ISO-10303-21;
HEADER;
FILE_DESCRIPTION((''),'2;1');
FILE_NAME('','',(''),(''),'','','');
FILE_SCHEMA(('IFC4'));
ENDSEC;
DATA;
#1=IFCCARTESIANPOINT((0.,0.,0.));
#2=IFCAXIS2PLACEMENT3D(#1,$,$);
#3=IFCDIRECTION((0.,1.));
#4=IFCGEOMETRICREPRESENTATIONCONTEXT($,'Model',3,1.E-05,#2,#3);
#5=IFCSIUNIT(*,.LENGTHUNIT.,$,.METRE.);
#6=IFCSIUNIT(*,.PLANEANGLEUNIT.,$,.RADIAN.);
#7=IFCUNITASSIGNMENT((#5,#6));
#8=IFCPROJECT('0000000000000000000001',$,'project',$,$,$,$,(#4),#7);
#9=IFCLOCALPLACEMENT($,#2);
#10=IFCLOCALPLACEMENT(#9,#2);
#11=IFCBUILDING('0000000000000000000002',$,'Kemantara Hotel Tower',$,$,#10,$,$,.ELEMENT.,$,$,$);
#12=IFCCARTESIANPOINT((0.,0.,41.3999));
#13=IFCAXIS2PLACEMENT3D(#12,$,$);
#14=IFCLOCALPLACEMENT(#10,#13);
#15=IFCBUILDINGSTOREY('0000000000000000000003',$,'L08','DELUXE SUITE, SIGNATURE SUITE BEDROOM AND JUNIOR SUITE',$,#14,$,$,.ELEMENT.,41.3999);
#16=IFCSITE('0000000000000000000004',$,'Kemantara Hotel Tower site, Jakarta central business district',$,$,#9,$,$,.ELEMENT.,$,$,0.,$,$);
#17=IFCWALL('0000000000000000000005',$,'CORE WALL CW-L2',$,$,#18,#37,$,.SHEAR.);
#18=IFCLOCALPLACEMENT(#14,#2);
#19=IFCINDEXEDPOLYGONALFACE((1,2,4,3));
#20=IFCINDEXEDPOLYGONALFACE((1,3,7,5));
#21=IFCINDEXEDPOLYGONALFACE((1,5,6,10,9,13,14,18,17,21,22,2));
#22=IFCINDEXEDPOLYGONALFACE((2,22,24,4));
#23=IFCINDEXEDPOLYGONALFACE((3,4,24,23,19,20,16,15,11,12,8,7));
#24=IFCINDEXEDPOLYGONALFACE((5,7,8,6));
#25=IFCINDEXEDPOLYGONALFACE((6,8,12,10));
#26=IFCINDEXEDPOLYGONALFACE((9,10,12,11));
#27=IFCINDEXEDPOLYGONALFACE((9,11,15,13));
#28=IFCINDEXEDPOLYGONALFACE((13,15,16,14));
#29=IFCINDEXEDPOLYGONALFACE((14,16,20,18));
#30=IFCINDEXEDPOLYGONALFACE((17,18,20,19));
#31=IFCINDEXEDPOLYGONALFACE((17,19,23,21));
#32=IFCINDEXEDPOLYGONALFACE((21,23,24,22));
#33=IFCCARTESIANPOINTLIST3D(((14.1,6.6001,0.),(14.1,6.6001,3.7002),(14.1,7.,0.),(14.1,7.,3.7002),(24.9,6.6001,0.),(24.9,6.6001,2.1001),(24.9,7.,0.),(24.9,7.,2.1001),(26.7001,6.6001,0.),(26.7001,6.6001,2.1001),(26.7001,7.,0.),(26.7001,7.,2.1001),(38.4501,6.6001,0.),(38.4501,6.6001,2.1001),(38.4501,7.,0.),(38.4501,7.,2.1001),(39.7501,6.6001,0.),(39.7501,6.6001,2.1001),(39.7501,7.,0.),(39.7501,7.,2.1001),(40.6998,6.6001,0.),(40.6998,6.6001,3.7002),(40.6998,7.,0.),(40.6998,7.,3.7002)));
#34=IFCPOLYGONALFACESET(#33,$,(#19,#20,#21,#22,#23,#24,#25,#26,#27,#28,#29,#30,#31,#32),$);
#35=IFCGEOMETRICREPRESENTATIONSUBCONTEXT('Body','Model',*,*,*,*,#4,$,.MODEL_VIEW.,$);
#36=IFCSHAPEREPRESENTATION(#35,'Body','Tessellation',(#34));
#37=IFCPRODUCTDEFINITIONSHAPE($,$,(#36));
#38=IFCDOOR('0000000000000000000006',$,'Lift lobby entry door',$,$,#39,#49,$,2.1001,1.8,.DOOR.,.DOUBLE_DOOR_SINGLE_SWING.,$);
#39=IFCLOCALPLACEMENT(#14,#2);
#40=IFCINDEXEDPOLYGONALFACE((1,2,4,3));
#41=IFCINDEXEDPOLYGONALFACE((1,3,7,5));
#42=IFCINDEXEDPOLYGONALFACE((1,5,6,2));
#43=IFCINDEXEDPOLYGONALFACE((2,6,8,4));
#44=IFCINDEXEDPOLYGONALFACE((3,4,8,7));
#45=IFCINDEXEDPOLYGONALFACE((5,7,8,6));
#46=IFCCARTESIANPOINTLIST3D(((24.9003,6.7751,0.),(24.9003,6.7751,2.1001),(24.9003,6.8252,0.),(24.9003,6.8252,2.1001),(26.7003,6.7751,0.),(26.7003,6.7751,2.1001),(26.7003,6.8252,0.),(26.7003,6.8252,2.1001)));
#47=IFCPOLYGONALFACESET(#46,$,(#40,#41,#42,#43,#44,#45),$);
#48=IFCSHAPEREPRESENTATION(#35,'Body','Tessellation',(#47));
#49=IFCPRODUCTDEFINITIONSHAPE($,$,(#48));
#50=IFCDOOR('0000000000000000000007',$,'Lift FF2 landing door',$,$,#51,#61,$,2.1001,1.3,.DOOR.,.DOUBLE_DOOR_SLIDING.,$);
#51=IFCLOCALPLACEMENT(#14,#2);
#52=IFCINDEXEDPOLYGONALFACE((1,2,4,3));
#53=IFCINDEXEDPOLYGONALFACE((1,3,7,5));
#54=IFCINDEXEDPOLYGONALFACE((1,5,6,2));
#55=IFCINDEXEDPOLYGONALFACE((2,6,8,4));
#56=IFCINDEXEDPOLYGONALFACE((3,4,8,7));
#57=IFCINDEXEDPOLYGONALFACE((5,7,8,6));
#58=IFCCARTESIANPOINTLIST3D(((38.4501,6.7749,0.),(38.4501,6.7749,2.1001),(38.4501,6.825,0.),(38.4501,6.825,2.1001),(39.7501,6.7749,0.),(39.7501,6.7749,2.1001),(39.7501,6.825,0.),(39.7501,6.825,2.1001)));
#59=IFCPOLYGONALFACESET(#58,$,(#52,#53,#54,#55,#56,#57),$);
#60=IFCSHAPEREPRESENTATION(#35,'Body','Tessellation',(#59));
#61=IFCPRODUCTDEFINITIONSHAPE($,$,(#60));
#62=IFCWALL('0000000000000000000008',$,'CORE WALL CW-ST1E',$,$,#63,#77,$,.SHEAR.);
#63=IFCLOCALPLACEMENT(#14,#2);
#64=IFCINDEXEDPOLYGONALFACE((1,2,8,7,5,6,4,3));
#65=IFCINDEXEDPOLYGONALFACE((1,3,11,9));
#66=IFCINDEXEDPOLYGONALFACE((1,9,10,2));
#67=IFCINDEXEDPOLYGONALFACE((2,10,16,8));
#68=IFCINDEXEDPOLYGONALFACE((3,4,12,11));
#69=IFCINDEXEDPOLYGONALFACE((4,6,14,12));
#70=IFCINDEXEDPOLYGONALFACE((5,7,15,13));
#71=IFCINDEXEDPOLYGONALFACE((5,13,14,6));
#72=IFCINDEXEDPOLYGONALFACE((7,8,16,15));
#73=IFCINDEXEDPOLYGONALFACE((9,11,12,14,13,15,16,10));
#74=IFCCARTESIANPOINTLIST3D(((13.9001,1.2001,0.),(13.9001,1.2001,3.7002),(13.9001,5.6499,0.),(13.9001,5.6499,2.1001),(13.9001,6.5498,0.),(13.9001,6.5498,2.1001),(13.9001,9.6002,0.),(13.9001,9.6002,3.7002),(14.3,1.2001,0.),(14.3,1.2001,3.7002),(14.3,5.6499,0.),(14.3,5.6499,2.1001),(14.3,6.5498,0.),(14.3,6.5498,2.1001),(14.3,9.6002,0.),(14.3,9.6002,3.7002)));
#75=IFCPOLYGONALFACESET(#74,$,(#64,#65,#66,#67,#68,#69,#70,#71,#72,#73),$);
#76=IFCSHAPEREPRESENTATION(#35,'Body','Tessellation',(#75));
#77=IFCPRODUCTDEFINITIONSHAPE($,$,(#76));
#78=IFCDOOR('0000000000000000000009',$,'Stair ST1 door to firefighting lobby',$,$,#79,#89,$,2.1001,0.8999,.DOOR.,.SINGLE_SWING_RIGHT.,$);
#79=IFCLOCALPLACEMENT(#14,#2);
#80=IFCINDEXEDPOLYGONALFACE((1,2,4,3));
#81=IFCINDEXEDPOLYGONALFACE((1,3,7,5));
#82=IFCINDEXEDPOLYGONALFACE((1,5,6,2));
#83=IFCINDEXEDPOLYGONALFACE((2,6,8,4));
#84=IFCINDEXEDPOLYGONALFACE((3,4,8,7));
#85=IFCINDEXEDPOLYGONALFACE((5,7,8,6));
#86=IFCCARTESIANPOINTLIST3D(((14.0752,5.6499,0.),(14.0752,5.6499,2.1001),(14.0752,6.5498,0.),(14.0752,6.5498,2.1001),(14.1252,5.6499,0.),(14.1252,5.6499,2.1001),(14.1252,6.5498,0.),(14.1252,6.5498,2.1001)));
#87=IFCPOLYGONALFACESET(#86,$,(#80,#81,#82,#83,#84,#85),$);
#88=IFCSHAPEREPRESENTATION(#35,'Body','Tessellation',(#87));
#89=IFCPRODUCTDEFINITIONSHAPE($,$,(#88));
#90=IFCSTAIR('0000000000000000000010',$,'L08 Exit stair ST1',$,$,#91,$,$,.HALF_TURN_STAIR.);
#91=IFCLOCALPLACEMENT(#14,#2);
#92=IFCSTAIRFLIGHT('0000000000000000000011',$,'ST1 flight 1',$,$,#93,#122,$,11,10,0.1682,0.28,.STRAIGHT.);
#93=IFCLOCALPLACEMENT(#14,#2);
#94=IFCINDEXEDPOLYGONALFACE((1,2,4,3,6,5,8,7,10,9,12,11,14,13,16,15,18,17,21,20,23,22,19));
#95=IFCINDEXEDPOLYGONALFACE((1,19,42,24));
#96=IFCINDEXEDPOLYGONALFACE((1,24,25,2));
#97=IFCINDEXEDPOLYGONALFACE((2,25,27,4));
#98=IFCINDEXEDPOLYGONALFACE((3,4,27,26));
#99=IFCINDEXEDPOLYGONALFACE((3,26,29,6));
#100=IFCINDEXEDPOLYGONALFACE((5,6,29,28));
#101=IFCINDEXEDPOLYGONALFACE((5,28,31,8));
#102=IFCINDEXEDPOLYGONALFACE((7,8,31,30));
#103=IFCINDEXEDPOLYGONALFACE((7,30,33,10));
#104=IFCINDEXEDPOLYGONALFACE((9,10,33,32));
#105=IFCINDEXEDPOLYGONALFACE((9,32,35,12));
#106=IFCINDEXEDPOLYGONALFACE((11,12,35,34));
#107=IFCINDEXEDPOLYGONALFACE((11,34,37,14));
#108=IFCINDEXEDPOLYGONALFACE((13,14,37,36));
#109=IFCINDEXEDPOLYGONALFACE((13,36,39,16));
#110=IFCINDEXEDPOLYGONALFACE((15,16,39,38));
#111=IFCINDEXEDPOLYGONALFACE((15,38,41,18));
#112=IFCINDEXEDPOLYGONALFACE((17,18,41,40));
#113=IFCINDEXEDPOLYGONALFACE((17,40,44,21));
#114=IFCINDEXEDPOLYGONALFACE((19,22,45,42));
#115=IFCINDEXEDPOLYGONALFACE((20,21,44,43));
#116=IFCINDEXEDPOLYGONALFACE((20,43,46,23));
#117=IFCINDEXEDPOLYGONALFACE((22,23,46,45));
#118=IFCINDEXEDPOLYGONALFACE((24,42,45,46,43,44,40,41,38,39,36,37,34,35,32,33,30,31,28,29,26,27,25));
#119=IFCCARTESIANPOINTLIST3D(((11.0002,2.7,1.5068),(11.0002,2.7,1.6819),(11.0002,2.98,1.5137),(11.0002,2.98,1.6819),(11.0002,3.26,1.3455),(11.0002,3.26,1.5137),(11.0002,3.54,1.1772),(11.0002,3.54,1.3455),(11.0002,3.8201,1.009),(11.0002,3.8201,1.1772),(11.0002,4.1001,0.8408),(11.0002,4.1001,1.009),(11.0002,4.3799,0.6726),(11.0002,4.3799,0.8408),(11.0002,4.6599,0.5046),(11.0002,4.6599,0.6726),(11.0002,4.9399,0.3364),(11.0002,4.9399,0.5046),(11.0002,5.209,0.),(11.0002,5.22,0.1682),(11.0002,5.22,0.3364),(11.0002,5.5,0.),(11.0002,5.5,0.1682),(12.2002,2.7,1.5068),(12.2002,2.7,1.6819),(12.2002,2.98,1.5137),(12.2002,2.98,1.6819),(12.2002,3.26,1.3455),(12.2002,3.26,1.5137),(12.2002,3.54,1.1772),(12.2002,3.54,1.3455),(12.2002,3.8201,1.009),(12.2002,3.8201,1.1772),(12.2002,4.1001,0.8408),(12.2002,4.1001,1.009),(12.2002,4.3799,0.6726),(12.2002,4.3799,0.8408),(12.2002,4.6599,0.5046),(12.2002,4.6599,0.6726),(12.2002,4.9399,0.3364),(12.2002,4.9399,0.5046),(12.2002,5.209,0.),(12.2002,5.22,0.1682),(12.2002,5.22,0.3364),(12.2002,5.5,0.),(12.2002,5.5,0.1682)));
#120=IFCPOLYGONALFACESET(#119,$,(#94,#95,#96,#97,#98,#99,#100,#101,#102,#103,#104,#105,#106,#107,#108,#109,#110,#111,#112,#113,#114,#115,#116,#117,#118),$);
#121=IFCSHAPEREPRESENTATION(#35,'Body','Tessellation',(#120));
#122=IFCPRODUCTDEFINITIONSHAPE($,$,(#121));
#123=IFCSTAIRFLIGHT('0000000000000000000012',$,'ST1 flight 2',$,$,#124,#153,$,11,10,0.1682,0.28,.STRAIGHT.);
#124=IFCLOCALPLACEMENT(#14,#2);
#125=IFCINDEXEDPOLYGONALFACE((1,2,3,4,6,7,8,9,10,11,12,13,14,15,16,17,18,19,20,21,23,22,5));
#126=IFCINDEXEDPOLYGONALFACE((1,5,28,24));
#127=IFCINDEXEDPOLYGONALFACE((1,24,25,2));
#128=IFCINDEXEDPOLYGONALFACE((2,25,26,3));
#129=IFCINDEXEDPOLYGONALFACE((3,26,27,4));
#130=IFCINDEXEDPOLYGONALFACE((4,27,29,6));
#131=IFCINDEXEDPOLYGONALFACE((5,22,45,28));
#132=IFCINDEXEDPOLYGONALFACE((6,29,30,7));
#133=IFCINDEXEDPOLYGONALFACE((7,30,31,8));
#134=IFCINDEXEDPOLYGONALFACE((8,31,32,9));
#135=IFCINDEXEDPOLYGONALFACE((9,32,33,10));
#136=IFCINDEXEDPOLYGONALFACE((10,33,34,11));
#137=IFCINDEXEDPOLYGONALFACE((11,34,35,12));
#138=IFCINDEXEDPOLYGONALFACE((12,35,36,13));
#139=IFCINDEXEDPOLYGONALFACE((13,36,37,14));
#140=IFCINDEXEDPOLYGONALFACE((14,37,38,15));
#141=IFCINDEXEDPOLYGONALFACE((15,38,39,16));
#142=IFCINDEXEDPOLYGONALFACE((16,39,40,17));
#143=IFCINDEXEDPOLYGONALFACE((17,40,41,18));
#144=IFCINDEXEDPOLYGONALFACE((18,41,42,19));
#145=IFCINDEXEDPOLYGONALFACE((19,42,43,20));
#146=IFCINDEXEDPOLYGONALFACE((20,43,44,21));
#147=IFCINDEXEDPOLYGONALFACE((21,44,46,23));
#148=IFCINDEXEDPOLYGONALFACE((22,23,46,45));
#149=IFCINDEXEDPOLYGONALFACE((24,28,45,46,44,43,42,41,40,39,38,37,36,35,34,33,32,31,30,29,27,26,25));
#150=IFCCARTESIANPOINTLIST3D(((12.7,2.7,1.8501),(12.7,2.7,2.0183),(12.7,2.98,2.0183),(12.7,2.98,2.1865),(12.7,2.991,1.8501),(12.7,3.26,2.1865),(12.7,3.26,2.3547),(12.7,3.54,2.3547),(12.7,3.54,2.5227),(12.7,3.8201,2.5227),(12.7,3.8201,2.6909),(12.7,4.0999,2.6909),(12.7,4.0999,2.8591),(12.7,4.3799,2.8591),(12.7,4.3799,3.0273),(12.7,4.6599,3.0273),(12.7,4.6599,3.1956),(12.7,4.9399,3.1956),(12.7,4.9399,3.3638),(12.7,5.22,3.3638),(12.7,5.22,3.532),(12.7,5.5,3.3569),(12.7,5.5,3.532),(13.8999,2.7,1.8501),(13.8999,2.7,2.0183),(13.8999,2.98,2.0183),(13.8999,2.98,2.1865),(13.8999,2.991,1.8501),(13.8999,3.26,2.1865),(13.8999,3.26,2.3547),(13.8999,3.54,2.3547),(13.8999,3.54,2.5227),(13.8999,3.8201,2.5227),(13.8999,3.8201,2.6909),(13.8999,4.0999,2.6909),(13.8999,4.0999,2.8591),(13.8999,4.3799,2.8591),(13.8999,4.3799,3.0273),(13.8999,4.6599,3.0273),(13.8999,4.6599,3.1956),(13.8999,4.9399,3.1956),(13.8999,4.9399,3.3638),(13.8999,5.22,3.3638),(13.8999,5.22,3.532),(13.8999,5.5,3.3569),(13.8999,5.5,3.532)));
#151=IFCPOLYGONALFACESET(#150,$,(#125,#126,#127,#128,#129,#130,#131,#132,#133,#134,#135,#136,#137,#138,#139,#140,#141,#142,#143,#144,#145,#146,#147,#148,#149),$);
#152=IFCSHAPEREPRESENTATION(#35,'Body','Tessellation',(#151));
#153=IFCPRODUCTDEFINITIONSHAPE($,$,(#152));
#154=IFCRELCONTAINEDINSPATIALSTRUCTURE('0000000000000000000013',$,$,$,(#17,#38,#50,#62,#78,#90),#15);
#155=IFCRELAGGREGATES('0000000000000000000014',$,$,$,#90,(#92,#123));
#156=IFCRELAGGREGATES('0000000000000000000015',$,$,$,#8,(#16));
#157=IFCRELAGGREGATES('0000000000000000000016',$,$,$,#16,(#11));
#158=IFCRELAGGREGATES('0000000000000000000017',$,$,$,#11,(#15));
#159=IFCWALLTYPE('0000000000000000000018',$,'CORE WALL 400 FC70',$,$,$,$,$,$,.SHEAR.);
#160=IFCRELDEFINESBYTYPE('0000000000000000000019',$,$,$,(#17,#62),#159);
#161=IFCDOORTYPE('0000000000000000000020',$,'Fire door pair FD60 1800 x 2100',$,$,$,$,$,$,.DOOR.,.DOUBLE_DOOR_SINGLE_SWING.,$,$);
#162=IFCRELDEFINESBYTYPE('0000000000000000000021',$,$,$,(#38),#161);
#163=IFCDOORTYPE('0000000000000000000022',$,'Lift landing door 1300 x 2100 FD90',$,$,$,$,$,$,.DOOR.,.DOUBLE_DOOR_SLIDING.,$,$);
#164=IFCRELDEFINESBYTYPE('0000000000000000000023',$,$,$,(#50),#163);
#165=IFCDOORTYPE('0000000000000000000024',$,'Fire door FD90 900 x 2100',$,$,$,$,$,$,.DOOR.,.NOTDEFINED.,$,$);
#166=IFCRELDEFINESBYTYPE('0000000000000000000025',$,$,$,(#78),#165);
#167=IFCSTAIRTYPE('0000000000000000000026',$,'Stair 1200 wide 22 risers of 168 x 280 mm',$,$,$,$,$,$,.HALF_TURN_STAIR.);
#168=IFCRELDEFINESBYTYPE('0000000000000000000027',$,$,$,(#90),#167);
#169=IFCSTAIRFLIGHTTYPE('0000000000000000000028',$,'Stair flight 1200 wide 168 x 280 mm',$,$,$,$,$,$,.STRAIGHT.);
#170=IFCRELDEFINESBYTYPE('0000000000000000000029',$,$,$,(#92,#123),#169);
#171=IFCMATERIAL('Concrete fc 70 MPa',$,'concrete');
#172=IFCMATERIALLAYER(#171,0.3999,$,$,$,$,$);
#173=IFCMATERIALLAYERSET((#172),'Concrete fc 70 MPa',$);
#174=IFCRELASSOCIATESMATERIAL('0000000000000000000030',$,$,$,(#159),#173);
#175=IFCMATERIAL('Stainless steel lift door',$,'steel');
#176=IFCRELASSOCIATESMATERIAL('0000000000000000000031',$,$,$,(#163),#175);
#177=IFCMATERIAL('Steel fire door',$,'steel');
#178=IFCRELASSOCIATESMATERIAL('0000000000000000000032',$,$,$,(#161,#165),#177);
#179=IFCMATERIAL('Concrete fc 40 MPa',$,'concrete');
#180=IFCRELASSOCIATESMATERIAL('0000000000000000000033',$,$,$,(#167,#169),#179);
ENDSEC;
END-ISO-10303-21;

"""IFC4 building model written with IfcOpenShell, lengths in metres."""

from ifc_helpers import new_model, si_unit, direction, frame, frame_2d, origin, place, context, subcontext, project, spatial, polyline, rectangle, outline, extrude, material, layer, layer_set, type_object, element, fill, aggregate, save


model = new_model("IFC4")

# Units and contexts
model_context = context("Model", 3, precision=1e-05, world=origin(), true_north=direction((0.0, 1.0)))
body_context = subcontext(model_context, "Body", "Model", "MODEL_VIEW")
ifc_project = project(units=[si_unit("LENGTHUNIT", "METRE"), si_unit("PLANEANGLEUNIT", "RADIAN")], contexts=[model_context])

# Site, building, storey
site_placement = place(None, origin())
site = spatial("IfcSite", under=ifc_project, at=site_placement, Name="Kemantara Hotel Tower site, Jakarta central business district", CompositionType="ELEMENT", RefElevation=0.0)
building_placement = place(site_placement, origin())
building = spatial("IfcBuilding", under=site, at=building_placement, Name="Kemantara Hotel Tower", CompositionType="ELEMENT")
storey_placement = place(building_placement, frame((0.0, 0.0, 41.3999)))
storey = spatial("IfcBuildingStorey", under=building, at=storey_placement, Name="L08", Description="DELUXE SUITE, SIGNATURE SUITE BEDROOM AND JUNIOR SUITE", CompositionType="ELEMENT", Elevation=41.3999)

# Shared definitions
ifc_material_1 = material(Name="Concrete fc 70 MPa", Category="concrete")

# Shared definitions
ifc_layer_1 = layer(ifc_material_1, 0.3999)
ifc_layer_set_1 = layer_set([ifc_layer_1], Name="Concrete fc 70 MPa")
wall_type_1 = type_object("IfcWallType", Name="CORE WALL 400 FC70", PredefinedType="SHEAR", material=ifc_layer_set_1)
ifc_material_2 = material(Name="Steel fire door", Category="steel")

# Wall, openings, doors
ifc_material_3 = material(Name="Stainless steel lift door", Category="steel")
door_type_1 = type_object("IfcDoorType", Name="Lift landing door 1300 x 2100 FD90", OperationType="DOUBLE_DOOR_SLIDING", PredefinedType="DOOR", material=ifc_material_3)
wall_1_placement = place(storey_placement, frame((14.1001, 6.8, 0.0), z_axis=(0.0, 0.0, 1.0), x_axis=(1.0, 0.0, 0.0)))
wall_1 = element("IfcWall", 1, at=wall_1_placement, inside=storey, type_object=wall_type_1, Name="CORE WALL CW-L2", PredefinedType="SHEAR", context=body_context, shape_type="SweptSolid", body=[
    extrude(rectangle(XDim=26.5999, YDim=0.3999, at=frame_2d((13.2998, 0.0))), origin(), (0.0, 0.0, 1.0), 3.7002),
])
opening_1_placement = place(wall_1_placement, frame((10.8, 0.0, 0.0)))
opening_1 = element("IfcOpeningElement", 2, at=opening_1_placement, cuts=wall_1, PredefinedType="OPENING", context=body_context, shape_type="SweptSolid", body=[
    extrude(rectangle(XDim=1.8, YDim=2.1001, at=frame_2d((0.8999, 1.05))), frame((0.0, 0.21, 0.0), z_axis=(0.0, -1.0, 0.0), x_axis=(1.0, 0.0, 0.0)), (0.0, 0.0, 1.0), 0.4199),
])
opening_2_placement = place(wall_1_placement, frame((24.3501, 0.0, 0.0)))
opening_2 = element("IfcOpeningElement", 3, at=opening_2_placement, cuts=wall_1, PredefinedType="OPENING", context=body_context, shape_type="SweptSolid", body=[
    extrude(rectangle(XDim=1.3, YDim=2.1001, at=frame_2d((0.6499, 1.05))), frame((0.0, 0.21, 0.0), z_axis=(0.0, -1.0, 0.0), x_axis=(1.0, 0.0, 0.0)), (0.0, 0.0, 1.0), 0.4199),
])
door_type_2 = type_object("IfcDoorType", Name="Fire door pair FD60 1800 x 2100", OperationType="DOUBLE_DOOR_SINGLE_SWING", PredefinedType="DOOR", material=ifc_material_2)
door_1_placement = place(opening_1_placement, frame((1.8, 0.0, 0.0), z_axis=(0.0, 0.0, 1.0), x_axis=(-1.0, 0.0, 0.0)))
door_1 = element("IfcDoor", 4, at=door_1_placement, inside=storey, type_object=door_type_2, Name="Lift lobby entry door", OperationType="DOUBLE_DOOR_SINGLE_SWING", OverallHeight=2.1001, OverallWidth=1.8, PredefinedType="DOOR", context=body_context, shape_type="SweptSolid", body=[
    extrude(rectangle(XDim=1.8, YDim=2.1001, at=frame_2d((0.8999, 1.05))), frame((0.0, 0.0249, 0.0), z_axis=(0.0, -1.0, 0.0), x_axis=(1.0, 0.0, 0.0)), (0.0, 0.0, 1.0), 0.05),
])
fill(opening_1, door_1)
door_2_placement = place(opening_2_placement, origin())
door_2 = element("IfcDoor", 5, at=door_2_placement, inside=storey, type_object=door_type_1, Name="Lift FF2 landing door", OperationType="DOUBLE_DOOR_SLIDING", OverallHeight=2.1001, OverallWidth=1.3, PredefinedType="DOOR", context=body_context, shape_type="SweptSolid", body=[
    extrude(rectangle(XDim=1.3, YDim=2.1001, at=frame_2d((0.6499, 1.05))), frame((0.0, 0.0249, 0.0), z_axis=(0.0, -1.0, 0.0), x_axis=(1.0, 0.0, 0.0)), (0.0, 0.0, 1.0), 0.05),
])
fill(opening_2, door_2)

# Wall, opening, door
wall_2_placement = place(storey_placement, frame((14.1001, 1.2, 0.0), z_axis=(0.0, 0.0, 1.0), x_axis=(0.0, 1.0, 0.0)))
wall_2 = element("IfcWall", 6, at=wall_2_placement, inside=storey, type_object=wall_type_1, Name="CORE WALL CW-ST1E", PredefinedType="SHEAR", context=body_context, shape_type="SweptSolid", body=[
    extrude(rectangle(XDim=8.4001, YDim=0.3999, at=frame_2d((4.2002, 0.0))), origin(), (0.0, 0.0, 1.0), 3.7002),
])
opening_3_placement = place(wall_2_placement, frame((4.45, 0.0, 0.0)))
opening_3 = element("IfcOpeningElement", 7, at=opening_3_placement, cuts=wall_2, PredefinedType="OPENING", context=body_context, shape_type="SweptSolid", body=[
    extrude(rectangle(XDim=0.8999, YDim=2.1001, at=frame_2d((0.45, 1.05))), frame((0.0, 0.21, 0.0), z_axis=(0.0, -1.0, 0.0), x_axis=(1.0, 0.0, 0.0)), (0.0, 0.0, 1.0), 0.4199),
])
door_type_3 = type_object("IfcDoorType", Name="Fire door FD90 900 x 2100", OperationType="NOTDEFINED", PredefinedType="DOOR", material=ifc_material_2)
door_3_placement = place(opening_3_placement, origin())
door_3 = element("IfcDoor", 8, at=door_3_placement, inside=storey, type_object=door_type_3, Name="Stair ST1 door to firefighting lobby", OperationType="SINGLE_SWING_RIGHT", OverallHeight=2.1001, OverallWidth=0.8999, PredefinedType="DOOR", context=body_context, shape_type="SweptSolid", body=[
    extrude(rectangle(XDim=0.8999, YDim=2.1001, at=frame_2d((0.45, 1.05))), frame((0.0, 0.0249, 0.0), z_axis=(0.0, -1.0, 0.0), x_axis=(1.0, 0.0, 0.0)), (0.0, 0.0, 1.0), 0.05),
])
fill(opening_3, door_3)

# Stair, stair flights
ifc_material_4 = material(Name="Concrete fc 40 MPa", Category="concrete")
stair_type = type_object("IfcStairType", Name="Stair 1200 wide 22 risers of 168 x 280 mm", PredefinedType="HALF_TURN_STAIR", material=ifc_material_4)
stair_placement = place(storey_placement, origin())
stair = element("IfcStair", 9, at=stair_placement, inside=storey, type_object=stair_type, Name="L08 Exit stair ST1", PredefinedType="HALF_TURN_STAIR")
stair_flight_type = type_object("IfcStairFlightType", Name="Stair flight 1200 wide 168 x 280 mm", PredefinedType="STRAIGHT", material=ifc_material_4)
stair_flight_1_placement = place(storey_placement, frame((11.6001, 5.5, 0.0), z_axis=(0.0, 0.0, 1.0), x_axis=(0.0, -1.0, 0.0)))
stair_flight_1 = element("IfcStairFlight", 10, at=stair_flight_1_placement, type_object=stair_flight_type, Name="ST1 flight 1", NumberOfRisers=11, NumberOfTreads=10, PredefinedType="STRAIGHT", RiserHeight=0.1682, TreadLength=0.28, context=body_context, shape_type="SweptSolid", body=[
    extrude(outline(polyline([(0.0, 0.0), (0.0, 0.1682), (0.28, 0.1682), (0.28, 0.3364), (0.5601, 0.3364), (0.5601, 0.5046), (0.8401, 0.5046), (0.8401, 0.6726), (1.1201, 0.6726), (1.1201, 0.8408), (1.3999, 0.8408), (1.3999, 1.009), (1.6799, 1.009), (1.6799, 1.1772), (1.96, 1.1772), (1.96, 1.3455), (2.24, 1.3455), (2.24, 1.5137), (2.52, 1.5137), (2.52, 1.6819), (2.8, 1.6819), (2.8, 1.8501), (2.8, 1.5068), (0.291, 0.0), (0.0, 0.0)])), frame((0.0, 0.6001, 0.0), z_axis=(0.0, -1.0, 0.0), x_axis=(1.0, 0.0, 0.0)), (0.0, 0.0, 1.0), 1.2),
])
stair_flight_2_placement = place(storey_placement, frame((13.3, 2.7, 1.8501), z_axis=(0.0, 0.0, 1.0), x_axis=(0.0, 1.0, 0.0)))
stair_flight_2 = element("IfcStairFlight", 11, at=stair_flight_2_placement, type_object=stair_flight_type, Name="ST1 flight 2", NumberOfRisers=11, NumberOfTreads=10, PredefinedType="STRAIGHT", RiserHeight=0.1682, TreadLength=0.28, context=body_context, shape_type="SweptSolid", body=[
    extrude(outline(polyline([(0.0, 0.0), (0.0, 0.1682), (0.28, 0.1682), (0.28, 0.3364), (0.5601, 0.3364), (0.5601, 0.5046), (0.8401, 0.5046), (0.8401, 0.6726), (1.1201, 0.6726), (1.1201, 0.8408), (1.3999, 0.8408), (1.3999, 1.009), (1.6799, 1.009), (1.6799, 1.1772), (1.96, 1.1772), (1.96, 1.3455), (2.24, 1.3455), (2.24, 1.5137), (2.52, 1.5137), (2.52, 1.6819), (2.8, 1.6819), (2.8, 1.8501), (2.8, 1.5068), (0.291, 0.0), (0.0, 0.0)])), frame((0.0, 0.6001, 0.0), z_axis=(0.0, -1.0, 0.0), x_axis=(1.0, 0.0, 0.0)), (0.0, 0.0, 1.0), 1.2),
])
aggregate(stair, [stair_flight_1, stair_flight_2])

save(model, "model.ifc")
